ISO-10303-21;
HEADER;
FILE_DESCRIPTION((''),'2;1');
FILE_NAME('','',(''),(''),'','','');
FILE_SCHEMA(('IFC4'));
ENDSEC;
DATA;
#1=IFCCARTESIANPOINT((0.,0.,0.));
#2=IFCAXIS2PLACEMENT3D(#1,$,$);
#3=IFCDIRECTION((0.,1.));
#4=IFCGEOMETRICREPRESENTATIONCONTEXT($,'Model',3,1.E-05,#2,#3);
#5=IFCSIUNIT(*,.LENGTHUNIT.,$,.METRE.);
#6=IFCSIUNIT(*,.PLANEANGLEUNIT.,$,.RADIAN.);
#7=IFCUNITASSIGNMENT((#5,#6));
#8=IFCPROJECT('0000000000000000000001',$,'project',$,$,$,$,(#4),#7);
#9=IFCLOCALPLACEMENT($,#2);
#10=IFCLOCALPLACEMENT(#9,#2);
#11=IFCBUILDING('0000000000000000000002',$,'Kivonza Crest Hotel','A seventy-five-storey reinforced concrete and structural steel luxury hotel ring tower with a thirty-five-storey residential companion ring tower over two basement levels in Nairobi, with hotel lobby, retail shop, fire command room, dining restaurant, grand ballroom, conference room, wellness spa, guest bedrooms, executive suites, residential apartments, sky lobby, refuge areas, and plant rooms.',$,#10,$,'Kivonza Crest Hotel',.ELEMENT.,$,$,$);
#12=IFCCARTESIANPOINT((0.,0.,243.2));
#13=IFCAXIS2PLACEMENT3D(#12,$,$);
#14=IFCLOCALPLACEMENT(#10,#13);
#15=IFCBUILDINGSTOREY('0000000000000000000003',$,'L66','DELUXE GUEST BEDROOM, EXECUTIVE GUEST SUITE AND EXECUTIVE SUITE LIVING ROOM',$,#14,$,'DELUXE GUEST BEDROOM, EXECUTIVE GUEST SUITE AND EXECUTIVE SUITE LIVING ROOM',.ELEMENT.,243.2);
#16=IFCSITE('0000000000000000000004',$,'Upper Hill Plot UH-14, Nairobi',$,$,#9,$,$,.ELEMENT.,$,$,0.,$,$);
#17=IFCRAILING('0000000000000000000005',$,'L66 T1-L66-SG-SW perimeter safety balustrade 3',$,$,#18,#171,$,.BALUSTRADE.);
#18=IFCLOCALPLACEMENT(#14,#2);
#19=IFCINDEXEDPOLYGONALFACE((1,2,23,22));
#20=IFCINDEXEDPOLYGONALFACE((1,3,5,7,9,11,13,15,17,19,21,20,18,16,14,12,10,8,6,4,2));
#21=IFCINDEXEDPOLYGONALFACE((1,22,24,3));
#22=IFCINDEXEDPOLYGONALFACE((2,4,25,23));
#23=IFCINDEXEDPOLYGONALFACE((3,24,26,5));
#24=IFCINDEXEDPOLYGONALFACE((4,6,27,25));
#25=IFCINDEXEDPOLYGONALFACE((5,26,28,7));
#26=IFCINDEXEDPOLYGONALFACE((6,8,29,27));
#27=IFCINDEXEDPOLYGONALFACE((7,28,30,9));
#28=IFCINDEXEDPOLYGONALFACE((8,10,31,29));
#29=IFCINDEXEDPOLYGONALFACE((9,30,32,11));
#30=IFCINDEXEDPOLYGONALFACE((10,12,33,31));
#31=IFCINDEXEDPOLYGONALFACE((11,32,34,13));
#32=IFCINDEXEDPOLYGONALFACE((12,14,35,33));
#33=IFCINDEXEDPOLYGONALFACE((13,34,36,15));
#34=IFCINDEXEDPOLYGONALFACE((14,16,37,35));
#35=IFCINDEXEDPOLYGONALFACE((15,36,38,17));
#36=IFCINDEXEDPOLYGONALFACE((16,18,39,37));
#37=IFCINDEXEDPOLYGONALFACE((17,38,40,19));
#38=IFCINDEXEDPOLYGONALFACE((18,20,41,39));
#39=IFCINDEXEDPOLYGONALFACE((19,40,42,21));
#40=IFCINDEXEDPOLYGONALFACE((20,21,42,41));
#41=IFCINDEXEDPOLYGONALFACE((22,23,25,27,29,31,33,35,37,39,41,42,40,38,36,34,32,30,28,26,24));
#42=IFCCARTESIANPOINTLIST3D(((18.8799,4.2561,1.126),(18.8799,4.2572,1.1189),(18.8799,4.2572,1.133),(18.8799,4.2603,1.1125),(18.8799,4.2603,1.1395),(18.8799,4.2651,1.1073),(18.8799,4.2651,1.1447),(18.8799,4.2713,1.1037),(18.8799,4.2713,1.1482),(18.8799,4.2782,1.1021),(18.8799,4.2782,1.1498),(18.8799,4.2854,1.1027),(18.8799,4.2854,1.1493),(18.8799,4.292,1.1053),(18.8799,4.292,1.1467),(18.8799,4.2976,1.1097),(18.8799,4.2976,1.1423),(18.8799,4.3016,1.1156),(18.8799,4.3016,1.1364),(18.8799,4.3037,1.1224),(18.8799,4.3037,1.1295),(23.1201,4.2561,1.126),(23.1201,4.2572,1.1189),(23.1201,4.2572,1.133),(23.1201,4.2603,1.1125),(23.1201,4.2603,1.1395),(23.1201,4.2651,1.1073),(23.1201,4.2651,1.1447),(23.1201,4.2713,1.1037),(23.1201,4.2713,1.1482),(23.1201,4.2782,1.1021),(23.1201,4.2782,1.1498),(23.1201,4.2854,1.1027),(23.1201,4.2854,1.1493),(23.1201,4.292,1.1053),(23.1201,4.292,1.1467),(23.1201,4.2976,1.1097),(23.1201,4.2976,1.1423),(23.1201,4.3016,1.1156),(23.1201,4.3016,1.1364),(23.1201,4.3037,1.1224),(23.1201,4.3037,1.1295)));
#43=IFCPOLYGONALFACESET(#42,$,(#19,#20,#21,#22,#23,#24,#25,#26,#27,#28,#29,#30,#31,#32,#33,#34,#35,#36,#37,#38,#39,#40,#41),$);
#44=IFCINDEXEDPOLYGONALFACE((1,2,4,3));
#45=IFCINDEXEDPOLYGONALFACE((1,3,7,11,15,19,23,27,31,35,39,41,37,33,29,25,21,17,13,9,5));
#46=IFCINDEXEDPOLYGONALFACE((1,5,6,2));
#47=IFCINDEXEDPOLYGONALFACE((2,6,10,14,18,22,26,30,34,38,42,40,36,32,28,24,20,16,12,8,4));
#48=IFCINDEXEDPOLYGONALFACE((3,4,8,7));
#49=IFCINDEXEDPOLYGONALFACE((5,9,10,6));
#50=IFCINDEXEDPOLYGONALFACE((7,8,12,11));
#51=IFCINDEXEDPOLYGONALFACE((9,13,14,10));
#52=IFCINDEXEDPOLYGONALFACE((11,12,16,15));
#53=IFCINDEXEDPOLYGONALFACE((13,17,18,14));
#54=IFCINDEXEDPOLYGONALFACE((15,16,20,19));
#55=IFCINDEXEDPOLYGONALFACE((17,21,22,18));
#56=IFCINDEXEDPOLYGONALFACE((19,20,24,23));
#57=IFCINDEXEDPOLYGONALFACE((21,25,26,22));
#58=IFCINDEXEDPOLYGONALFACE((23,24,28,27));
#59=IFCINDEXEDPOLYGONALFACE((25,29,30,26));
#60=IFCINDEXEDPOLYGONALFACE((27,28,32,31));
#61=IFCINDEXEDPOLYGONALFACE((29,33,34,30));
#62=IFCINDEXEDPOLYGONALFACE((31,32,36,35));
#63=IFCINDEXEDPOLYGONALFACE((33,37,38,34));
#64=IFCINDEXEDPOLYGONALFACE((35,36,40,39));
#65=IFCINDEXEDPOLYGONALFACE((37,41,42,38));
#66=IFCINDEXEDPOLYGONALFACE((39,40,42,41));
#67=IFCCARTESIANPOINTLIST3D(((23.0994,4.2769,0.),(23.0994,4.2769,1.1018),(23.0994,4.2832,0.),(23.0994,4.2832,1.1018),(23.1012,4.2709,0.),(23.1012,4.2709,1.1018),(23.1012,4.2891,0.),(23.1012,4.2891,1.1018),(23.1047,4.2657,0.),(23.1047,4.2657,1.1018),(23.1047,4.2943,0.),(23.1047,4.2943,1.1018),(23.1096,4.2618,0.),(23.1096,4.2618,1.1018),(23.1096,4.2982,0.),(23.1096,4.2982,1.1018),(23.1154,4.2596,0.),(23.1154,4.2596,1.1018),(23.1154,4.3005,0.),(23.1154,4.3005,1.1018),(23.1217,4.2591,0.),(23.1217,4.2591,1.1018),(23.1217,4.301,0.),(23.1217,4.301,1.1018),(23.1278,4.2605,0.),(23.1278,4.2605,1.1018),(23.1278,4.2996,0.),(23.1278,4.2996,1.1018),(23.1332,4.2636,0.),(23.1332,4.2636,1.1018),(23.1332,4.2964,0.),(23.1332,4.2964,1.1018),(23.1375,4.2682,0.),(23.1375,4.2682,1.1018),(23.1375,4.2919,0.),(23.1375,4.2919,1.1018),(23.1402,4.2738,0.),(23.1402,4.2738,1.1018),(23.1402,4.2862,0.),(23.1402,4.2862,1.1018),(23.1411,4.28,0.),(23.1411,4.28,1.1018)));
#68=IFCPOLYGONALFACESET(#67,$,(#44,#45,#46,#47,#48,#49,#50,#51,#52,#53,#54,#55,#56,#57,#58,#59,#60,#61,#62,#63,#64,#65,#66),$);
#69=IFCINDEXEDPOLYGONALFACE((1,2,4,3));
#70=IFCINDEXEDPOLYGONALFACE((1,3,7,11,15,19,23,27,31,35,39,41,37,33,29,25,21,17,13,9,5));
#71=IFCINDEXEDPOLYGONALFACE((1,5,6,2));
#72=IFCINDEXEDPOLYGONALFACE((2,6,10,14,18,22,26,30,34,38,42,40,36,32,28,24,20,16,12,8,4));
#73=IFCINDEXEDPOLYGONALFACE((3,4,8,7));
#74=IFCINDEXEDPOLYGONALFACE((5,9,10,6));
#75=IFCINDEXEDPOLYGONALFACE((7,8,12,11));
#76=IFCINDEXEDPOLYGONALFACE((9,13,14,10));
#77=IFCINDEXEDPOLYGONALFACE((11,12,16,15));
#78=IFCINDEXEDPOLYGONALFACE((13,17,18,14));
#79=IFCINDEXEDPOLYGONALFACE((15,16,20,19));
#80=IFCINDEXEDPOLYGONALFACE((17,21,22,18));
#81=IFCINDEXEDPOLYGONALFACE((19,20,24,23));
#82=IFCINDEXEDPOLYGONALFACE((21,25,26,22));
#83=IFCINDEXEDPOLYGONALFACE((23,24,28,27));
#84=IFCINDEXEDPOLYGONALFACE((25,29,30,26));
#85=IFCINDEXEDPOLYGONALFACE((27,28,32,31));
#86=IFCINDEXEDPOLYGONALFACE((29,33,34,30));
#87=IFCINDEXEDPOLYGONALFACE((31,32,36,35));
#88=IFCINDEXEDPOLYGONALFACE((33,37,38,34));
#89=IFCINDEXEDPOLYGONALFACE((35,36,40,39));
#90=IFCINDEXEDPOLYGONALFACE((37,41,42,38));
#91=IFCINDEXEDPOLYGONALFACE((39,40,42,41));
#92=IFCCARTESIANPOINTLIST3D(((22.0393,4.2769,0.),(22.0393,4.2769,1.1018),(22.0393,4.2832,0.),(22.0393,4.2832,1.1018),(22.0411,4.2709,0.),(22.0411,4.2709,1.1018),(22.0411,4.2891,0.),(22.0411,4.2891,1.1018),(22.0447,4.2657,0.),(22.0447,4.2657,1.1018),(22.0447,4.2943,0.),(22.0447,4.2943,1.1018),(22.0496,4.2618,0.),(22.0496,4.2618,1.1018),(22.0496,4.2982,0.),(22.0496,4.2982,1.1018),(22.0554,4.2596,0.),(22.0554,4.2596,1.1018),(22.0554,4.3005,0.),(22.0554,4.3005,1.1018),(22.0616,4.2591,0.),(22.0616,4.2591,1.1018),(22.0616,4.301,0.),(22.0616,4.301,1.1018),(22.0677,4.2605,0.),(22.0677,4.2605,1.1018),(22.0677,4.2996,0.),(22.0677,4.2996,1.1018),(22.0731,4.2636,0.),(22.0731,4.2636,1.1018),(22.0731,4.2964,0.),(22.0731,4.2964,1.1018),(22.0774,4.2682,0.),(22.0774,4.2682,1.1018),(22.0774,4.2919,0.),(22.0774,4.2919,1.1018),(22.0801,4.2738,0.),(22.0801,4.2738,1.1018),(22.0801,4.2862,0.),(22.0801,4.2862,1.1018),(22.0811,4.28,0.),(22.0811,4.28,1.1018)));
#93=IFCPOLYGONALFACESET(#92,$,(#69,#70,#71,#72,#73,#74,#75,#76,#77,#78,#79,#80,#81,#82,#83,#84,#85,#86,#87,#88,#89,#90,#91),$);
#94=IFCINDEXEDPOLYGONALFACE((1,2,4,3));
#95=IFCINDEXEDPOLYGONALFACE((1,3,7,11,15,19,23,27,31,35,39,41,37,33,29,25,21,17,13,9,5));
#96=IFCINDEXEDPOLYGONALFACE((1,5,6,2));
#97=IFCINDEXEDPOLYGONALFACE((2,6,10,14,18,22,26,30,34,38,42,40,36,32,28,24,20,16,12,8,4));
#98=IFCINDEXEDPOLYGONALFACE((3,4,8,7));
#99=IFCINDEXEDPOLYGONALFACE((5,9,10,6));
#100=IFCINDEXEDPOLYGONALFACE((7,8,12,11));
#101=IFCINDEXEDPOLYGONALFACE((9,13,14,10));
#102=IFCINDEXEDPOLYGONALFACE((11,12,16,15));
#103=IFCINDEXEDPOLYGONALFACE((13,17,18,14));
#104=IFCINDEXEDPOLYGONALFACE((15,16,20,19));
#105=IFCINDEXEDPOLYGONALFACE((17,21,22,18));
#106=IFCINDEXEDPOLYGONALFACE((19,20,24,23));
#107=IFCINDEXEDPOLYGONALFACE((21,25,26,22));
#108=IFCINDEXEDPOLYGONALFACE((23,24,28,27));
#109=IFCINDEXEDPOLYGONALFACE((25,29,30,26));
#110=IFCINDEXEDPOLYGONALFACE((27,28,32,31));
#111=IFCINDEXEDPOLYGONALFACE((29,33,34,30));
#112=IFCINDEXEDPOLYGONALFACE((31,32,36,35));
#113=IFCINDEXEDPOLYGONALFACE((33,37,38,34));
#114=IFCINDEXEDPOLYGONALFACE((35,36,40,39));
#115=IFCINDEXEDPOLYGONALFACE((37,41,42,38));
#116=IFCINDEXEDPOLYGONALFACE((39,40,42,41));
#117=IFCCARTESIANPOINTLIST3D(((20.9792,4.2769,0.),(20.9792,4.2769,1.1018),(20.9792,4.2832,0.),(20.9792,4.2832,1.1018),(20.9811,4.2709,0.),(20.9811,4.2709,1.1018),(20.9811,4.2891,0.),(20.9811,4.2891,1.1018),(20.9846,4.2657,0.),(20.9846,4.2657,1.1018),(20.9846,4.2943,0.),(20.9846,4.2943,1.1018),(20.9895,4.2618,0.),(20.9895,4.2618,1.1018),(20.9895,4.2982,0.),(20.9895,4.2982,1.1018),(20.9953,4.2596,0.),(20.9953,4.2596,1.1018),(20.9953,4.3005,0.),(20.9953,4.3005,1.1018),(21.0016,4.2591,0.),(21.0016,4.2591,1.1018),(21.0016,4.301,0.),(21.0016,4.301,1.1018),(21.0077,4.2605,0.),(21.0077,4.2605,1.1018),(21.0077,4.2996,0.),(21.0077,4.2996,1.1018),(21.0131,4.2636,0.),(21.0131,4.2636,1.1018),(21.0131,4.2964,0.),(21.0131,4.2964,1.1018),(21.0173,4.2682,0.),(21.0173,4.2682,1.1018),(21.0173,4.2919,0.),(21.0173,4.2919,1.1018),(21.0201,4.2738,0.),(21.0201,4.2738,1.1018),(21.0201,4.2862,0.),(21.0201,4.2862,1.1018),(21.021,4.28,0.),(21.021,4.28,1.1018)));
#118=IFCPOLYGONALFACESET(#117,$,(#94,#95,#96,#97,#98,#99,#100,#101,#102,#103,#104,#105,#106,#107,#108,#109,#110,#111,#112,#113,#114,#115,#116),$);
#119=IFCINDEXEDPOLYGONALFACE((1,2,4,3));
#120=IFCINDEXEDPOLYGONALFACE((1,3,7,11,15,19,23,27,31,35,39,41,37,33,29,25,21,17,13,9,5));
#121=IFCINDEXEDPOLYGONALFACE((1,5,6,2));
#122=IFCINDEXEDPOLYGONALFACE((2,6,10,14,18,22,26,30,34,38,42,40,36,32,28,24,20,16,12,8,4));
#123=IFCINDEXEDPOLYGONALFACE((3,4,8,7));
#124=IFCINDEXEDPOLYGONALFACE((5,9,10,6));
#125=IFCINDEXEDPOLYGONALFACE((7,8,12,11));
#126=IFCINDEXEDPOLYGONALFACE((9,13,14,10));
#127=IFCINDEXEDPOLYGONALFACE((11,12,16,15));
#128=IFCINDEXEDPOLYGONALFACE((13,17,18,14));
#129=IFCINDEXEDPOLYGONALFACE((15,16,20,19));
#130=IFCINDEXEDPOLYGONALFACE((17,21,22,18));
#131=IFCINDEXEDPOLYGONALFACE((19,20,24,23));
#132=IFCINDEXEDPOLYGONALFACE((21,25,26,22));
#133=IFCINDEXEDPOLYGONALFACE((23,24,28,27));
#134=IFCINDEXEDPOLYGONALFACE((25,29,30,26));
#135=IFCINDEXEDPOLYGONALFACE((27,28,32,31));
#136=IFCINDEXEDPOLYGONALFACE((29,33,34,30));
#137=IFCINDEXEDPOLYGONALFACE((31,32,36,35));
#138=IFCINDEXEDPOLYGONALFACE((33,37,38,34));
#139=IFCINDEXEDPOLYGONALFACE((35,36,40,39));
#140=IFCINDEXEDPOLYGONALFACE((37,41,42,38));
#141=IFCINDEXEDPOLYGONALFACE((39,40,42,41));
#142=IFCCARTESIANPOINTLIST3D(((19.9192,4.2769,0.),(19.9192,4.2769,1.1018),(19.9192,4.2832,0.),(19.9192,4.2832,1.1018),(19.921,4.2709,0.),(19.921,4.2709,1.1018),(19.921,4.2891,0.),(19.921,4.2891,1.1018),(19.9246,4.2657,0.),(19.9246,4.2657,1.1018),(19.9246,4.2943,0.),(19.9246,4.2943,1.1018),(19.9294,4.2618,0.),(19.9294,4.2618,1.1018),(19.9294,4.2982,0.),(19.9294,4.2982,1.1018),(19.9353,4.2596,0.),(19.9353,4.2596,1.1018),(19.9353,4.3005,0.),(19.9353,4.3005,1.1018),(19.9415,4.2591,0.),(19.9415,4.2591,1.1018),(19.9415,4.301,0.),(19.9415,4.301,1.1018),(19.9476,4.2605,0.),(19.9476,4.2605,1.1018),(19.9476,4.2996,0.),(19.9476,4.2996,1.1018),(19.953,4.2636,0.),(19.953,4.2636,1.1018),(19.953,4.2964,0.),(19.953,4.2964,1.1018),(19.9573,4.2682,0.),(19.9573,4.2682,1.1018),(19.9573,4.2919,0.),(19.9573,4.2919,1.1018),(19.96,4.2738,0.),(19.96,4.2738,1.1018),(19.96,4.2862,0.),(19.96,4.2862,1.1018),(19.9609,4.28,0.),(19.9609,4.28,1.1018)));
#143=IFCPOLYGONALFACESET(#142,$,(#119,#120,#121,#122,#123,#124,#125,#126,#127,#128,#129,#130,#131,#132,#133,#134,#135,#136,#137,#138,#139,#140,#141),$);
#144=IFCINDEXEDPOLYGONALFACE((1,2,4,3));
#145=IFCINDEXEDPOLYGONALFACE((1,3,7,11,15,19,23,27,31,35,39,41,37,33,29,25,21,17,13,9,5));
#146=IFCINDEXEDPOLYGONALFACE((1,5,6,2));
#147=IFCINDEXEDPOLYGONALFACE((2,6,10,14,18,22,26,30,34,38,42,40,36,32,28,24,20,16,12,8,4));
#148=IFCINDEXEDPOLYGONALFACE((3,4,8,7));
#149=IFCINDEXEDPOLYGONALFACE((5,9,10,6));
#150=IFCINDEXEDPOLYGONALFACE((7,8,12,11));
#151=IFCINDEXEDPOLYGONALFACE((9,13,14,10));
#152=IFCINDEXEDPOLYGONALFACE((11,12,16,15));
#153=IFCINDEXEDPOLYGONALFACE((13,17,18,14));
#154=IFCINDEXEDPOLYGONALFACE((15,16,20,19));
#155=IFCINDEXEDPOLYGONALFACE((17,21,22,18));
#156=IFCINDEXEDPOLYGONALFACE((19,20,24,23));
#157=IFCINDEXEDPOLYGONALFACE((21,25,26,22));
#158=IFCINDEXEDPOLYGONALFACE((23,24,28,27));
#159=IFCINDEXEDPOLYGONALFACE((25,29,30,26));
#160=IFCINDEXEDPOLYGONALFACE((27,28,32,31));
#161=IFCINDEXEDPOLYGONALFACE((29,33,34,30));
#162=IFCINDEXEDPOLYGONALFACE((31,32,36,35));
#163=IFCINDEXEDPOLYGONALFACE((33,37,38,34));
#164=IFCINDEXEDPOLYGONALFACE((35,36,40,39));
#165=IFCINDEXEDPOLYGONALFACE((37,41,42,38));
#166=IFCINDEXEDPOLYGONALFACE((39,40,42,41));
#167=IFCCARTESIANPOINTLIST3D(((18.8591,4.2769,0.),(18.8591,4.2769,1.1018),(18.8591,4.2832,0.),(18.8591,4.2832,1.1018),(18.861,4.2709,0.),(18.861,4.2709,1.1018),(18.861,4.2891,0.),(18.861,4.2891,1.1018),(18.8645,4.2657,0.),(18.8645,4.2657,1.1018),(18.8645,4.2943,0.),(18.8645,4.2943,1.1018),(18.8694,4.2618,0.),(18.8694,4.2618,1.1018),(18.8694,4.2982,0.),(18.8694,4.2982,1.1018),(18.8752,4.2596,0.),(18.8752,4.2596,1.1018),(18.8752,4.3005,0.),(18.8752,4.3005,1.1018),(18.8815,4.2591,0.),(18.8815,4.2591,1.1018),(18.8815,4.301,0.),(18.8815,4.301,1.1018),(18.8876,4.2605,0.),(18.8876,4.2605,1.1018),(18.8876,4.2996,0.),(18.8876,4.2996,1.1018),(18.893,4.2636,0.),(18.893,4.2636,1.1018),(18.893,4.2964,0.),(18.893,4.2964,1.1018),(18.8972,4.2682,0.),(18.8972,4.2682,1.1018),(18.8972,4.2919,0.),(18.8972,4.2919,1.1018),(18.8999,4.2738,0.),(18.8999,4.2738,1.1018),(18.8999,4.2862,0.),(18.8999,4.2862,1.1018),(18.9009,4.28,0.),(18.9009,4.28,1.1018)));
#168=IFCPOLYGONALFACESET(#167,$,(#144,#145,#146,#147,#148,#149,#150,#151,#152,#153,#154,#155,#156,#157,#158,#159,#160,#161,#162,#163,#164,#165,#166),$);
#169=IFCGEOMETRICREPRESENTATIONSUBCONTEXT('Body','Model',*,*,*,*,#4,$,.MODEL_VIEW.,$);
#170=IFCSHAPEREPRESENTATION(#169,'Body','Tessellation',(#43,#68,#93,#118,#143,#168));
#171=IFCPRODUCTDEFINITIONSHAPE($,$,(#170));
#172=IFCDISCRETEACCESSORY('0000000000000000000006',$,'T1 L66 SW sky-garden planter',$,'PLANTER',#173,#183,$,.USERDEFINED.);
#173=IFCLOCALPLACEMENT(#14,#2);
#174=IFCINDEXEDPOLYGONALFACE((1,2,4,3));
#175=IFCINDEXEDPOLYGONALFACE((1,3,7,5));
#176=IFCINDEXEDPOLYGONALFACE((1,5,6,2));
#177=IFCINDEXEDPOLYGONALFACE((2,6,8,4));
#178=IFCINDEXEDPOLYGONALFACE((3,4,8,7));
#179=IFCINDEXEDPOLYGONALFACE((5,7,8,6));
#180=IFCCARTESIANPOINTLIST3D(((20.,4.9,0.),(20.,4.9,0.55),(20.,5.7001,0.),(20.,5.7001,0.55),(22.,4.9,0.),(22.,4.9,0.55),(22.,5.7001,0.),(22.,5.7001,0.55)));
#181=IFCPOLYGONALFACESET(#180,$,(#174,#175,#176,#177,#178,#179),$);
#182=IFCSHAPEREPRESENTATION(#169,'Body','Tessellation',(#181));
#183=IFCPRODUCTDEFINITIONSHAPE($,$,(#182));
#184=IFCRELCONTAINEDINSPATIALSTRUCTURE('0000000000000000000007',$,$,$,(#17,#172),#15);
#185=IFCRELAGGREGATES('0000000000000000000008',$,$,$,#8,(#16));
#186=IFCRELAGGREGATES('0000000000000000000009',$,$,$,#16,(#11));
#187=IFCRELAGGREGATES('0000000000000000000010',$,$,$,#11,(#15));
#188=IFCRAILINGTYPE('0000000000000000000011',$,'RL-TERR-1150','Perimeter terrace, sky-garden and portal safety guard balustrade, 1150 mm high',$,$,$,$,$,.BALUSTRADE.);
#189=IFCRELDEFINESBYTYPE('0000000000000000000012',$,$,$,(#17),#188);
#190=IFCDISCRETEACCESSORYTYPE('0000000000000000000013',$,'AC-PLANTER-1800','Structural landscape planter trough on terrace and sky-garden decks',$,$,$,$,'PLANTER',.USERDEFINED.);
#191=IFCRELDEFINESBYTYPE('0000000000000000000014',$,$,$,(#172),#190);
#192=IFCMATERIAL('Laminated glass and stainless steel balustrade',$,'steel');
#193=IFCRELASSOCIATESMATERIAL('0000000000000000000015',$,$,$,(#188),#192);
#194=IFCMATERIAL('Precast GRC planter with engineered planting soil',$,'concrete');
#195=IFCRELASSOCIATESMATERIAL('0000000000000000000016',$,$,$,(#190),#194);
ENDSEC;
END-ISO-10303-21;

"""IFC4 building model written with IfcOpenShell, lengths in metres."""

from ifc_helpers import new_model, si_unit, direction, frame, origin, origin_2d, place, context, subcontext, project, spatial, rectangle, circle, extrude, material, type_object, element, save


model = new_model("IFC4")

# Units and contexts
model_context = context("Model", 3, precision=1e-05, world=origin(), true_north=direction((0.0, 1.0)))
body_context = subcontext(model_context, "Body", "Model", "MODEL_VIEW")
ifc_project = project(units=[si_unit("LENGTHUNIT", "METRE"), si_unit("PLANEANGLEUNIT", "RADIAN")], contexts=[model_context])

# Site, building, storey
site_placement = place(None, origin())
site = spatial("IfcSite", under=ifc_project, at=site_placement, Name="Upper Hill Plot UH-14, Nairobi", CompositionType="ELEMENT", RefElevation=0.0)
building_placement = place(site_placement, origin())
building = spatial("IfcBuilding", under=site, at=building_placement, Name="Kivonza Crest Hotel", Description="A seventy-five-storey reinforced concrete and structural steel luxury hotel ring tower with a thirty-five-storey residential companion ring tower over two basement levels in Nairobi, with hotel lobby, retail shop, fire command room, dining restaurant, grand ballroom, conference room, wellness spa, guest bedrooms, executive suites, residential apartments, sky lobby, refuge areas, and plant rooms.", LongName="Kivonza Crest Hotel", CompositionType="ELEMENT")
storey_placement = place(building_placement, frame((0.0, 0.0, 243.2)))
storey = spatial("IfcBuildingStorey", under=building, at=storey_placement, Name="L66", Description="DELUXE GUEST BEDROOM, EXECUTIVE GUEST SUITE AND EXECUTIVE SUITE LIVING ROOM", LongName="DELUXE GUEST BEDROOM, EXECUTIVE GUEST SUITE AND EXECUTIVE SUITE LIVING ROOM", CompositionType="ELEMENT", Elevation=243.2)

# Railing
ifc_material_1 = material(Name="Laminated glass and stainless steel balustrade", Category="steel")
railing_type = type_object("IfcRailingType", Name="RL-TERR-1150", Description="Perimeter terrace, sky-garden and portal safety guard balustrade, 1150 mm high", PredefinedType="BALUSTRADE", material=ifc_material_1)
railing_1_placement = place(storey_placement, frame((23.1201, 4.28, 0.0)))
element("IfcRailing", 1, at=railing_1_placement, inside=storey, type_object=railing_type, Name="L66 T1-L66-SG-SW perimeter safety balustrade 3", PredefinedType="BALUSTRADE", context=body_context, shape_type="SweptSolid", body=[
    extrude(circle(Radius=0.0239, at=origin_2d()), frame((0.0, 0.0, 1.126), z_axis=(-1.0, 0.0, 0.0), x_axis=(0.0, -1.0, 0.0)), (0.0, 0.0, 1.0), 4.2402),
    extrude(circle(Radius=0.021, at=origin_2d()), origin(), (0.0, 0.0, 1.0), 1.1018),
    extrude(circle(Radius=0.021, at=origin_2d()), frame((-1.0601, 0.0, 0.0)), (0.0, 0.0, 1.0), 1.1018),
    extrude(circle(Radius=0.021, at=origin_2d()), frame((-2.1201, 0.0, 0.0)), (0.0, 0.0, 1.0), 1.1018),
    extrude(circle(Radius=0.021, at=origin_2d()), frame((-3.1802, 0.0, 0.0)), (0.0, 0.0, 1.0), 1.1018),
    extrude(circle(Radius=0.021, at=origin_2d()), frame((-4.2402, 0.0, 0.0)), (0.0, 0.0, 1.0), 1.1018),
])

# Discrete accessory
ifc_material_2 = material(Name="Precast GRC planter with engineered planting soil", Category="concrete")
discrete_accessory_type = type_object("IfcDiscreteAccessoryType", Name="AC-PLANTER-1800", Description="Structural landscape planter trough on terrace and sky-garden decks", ElementType="PLANTER", PredefinedType="USERDEFINED", material=ifc_material_2)
discrete_accessory_placement = place(storey_placement, frame((21.0, 5.3, 0.0), z_axis=(0.0, 0.0, 1.0), x_axis=(1.0, 0.0, 0.0)))
element("IfcDiscreteAccessory", 2, at=discrete_accessory_placement, inside=storey, type_object=discrete_accessory_type, Name="T1 L66 SW sky-garden planter", ObjectType="PLANTER", PredefinedType="USERDEFINED", context=body_context, shape_type="SweptSolid", body=[
    extrude(rectangle(XDim=2.0, YDim=0.8, at=origin_2d()), origin(), (0.0, 0.0, 1.0), 0.55),
])

save(model, "model.ifc")
